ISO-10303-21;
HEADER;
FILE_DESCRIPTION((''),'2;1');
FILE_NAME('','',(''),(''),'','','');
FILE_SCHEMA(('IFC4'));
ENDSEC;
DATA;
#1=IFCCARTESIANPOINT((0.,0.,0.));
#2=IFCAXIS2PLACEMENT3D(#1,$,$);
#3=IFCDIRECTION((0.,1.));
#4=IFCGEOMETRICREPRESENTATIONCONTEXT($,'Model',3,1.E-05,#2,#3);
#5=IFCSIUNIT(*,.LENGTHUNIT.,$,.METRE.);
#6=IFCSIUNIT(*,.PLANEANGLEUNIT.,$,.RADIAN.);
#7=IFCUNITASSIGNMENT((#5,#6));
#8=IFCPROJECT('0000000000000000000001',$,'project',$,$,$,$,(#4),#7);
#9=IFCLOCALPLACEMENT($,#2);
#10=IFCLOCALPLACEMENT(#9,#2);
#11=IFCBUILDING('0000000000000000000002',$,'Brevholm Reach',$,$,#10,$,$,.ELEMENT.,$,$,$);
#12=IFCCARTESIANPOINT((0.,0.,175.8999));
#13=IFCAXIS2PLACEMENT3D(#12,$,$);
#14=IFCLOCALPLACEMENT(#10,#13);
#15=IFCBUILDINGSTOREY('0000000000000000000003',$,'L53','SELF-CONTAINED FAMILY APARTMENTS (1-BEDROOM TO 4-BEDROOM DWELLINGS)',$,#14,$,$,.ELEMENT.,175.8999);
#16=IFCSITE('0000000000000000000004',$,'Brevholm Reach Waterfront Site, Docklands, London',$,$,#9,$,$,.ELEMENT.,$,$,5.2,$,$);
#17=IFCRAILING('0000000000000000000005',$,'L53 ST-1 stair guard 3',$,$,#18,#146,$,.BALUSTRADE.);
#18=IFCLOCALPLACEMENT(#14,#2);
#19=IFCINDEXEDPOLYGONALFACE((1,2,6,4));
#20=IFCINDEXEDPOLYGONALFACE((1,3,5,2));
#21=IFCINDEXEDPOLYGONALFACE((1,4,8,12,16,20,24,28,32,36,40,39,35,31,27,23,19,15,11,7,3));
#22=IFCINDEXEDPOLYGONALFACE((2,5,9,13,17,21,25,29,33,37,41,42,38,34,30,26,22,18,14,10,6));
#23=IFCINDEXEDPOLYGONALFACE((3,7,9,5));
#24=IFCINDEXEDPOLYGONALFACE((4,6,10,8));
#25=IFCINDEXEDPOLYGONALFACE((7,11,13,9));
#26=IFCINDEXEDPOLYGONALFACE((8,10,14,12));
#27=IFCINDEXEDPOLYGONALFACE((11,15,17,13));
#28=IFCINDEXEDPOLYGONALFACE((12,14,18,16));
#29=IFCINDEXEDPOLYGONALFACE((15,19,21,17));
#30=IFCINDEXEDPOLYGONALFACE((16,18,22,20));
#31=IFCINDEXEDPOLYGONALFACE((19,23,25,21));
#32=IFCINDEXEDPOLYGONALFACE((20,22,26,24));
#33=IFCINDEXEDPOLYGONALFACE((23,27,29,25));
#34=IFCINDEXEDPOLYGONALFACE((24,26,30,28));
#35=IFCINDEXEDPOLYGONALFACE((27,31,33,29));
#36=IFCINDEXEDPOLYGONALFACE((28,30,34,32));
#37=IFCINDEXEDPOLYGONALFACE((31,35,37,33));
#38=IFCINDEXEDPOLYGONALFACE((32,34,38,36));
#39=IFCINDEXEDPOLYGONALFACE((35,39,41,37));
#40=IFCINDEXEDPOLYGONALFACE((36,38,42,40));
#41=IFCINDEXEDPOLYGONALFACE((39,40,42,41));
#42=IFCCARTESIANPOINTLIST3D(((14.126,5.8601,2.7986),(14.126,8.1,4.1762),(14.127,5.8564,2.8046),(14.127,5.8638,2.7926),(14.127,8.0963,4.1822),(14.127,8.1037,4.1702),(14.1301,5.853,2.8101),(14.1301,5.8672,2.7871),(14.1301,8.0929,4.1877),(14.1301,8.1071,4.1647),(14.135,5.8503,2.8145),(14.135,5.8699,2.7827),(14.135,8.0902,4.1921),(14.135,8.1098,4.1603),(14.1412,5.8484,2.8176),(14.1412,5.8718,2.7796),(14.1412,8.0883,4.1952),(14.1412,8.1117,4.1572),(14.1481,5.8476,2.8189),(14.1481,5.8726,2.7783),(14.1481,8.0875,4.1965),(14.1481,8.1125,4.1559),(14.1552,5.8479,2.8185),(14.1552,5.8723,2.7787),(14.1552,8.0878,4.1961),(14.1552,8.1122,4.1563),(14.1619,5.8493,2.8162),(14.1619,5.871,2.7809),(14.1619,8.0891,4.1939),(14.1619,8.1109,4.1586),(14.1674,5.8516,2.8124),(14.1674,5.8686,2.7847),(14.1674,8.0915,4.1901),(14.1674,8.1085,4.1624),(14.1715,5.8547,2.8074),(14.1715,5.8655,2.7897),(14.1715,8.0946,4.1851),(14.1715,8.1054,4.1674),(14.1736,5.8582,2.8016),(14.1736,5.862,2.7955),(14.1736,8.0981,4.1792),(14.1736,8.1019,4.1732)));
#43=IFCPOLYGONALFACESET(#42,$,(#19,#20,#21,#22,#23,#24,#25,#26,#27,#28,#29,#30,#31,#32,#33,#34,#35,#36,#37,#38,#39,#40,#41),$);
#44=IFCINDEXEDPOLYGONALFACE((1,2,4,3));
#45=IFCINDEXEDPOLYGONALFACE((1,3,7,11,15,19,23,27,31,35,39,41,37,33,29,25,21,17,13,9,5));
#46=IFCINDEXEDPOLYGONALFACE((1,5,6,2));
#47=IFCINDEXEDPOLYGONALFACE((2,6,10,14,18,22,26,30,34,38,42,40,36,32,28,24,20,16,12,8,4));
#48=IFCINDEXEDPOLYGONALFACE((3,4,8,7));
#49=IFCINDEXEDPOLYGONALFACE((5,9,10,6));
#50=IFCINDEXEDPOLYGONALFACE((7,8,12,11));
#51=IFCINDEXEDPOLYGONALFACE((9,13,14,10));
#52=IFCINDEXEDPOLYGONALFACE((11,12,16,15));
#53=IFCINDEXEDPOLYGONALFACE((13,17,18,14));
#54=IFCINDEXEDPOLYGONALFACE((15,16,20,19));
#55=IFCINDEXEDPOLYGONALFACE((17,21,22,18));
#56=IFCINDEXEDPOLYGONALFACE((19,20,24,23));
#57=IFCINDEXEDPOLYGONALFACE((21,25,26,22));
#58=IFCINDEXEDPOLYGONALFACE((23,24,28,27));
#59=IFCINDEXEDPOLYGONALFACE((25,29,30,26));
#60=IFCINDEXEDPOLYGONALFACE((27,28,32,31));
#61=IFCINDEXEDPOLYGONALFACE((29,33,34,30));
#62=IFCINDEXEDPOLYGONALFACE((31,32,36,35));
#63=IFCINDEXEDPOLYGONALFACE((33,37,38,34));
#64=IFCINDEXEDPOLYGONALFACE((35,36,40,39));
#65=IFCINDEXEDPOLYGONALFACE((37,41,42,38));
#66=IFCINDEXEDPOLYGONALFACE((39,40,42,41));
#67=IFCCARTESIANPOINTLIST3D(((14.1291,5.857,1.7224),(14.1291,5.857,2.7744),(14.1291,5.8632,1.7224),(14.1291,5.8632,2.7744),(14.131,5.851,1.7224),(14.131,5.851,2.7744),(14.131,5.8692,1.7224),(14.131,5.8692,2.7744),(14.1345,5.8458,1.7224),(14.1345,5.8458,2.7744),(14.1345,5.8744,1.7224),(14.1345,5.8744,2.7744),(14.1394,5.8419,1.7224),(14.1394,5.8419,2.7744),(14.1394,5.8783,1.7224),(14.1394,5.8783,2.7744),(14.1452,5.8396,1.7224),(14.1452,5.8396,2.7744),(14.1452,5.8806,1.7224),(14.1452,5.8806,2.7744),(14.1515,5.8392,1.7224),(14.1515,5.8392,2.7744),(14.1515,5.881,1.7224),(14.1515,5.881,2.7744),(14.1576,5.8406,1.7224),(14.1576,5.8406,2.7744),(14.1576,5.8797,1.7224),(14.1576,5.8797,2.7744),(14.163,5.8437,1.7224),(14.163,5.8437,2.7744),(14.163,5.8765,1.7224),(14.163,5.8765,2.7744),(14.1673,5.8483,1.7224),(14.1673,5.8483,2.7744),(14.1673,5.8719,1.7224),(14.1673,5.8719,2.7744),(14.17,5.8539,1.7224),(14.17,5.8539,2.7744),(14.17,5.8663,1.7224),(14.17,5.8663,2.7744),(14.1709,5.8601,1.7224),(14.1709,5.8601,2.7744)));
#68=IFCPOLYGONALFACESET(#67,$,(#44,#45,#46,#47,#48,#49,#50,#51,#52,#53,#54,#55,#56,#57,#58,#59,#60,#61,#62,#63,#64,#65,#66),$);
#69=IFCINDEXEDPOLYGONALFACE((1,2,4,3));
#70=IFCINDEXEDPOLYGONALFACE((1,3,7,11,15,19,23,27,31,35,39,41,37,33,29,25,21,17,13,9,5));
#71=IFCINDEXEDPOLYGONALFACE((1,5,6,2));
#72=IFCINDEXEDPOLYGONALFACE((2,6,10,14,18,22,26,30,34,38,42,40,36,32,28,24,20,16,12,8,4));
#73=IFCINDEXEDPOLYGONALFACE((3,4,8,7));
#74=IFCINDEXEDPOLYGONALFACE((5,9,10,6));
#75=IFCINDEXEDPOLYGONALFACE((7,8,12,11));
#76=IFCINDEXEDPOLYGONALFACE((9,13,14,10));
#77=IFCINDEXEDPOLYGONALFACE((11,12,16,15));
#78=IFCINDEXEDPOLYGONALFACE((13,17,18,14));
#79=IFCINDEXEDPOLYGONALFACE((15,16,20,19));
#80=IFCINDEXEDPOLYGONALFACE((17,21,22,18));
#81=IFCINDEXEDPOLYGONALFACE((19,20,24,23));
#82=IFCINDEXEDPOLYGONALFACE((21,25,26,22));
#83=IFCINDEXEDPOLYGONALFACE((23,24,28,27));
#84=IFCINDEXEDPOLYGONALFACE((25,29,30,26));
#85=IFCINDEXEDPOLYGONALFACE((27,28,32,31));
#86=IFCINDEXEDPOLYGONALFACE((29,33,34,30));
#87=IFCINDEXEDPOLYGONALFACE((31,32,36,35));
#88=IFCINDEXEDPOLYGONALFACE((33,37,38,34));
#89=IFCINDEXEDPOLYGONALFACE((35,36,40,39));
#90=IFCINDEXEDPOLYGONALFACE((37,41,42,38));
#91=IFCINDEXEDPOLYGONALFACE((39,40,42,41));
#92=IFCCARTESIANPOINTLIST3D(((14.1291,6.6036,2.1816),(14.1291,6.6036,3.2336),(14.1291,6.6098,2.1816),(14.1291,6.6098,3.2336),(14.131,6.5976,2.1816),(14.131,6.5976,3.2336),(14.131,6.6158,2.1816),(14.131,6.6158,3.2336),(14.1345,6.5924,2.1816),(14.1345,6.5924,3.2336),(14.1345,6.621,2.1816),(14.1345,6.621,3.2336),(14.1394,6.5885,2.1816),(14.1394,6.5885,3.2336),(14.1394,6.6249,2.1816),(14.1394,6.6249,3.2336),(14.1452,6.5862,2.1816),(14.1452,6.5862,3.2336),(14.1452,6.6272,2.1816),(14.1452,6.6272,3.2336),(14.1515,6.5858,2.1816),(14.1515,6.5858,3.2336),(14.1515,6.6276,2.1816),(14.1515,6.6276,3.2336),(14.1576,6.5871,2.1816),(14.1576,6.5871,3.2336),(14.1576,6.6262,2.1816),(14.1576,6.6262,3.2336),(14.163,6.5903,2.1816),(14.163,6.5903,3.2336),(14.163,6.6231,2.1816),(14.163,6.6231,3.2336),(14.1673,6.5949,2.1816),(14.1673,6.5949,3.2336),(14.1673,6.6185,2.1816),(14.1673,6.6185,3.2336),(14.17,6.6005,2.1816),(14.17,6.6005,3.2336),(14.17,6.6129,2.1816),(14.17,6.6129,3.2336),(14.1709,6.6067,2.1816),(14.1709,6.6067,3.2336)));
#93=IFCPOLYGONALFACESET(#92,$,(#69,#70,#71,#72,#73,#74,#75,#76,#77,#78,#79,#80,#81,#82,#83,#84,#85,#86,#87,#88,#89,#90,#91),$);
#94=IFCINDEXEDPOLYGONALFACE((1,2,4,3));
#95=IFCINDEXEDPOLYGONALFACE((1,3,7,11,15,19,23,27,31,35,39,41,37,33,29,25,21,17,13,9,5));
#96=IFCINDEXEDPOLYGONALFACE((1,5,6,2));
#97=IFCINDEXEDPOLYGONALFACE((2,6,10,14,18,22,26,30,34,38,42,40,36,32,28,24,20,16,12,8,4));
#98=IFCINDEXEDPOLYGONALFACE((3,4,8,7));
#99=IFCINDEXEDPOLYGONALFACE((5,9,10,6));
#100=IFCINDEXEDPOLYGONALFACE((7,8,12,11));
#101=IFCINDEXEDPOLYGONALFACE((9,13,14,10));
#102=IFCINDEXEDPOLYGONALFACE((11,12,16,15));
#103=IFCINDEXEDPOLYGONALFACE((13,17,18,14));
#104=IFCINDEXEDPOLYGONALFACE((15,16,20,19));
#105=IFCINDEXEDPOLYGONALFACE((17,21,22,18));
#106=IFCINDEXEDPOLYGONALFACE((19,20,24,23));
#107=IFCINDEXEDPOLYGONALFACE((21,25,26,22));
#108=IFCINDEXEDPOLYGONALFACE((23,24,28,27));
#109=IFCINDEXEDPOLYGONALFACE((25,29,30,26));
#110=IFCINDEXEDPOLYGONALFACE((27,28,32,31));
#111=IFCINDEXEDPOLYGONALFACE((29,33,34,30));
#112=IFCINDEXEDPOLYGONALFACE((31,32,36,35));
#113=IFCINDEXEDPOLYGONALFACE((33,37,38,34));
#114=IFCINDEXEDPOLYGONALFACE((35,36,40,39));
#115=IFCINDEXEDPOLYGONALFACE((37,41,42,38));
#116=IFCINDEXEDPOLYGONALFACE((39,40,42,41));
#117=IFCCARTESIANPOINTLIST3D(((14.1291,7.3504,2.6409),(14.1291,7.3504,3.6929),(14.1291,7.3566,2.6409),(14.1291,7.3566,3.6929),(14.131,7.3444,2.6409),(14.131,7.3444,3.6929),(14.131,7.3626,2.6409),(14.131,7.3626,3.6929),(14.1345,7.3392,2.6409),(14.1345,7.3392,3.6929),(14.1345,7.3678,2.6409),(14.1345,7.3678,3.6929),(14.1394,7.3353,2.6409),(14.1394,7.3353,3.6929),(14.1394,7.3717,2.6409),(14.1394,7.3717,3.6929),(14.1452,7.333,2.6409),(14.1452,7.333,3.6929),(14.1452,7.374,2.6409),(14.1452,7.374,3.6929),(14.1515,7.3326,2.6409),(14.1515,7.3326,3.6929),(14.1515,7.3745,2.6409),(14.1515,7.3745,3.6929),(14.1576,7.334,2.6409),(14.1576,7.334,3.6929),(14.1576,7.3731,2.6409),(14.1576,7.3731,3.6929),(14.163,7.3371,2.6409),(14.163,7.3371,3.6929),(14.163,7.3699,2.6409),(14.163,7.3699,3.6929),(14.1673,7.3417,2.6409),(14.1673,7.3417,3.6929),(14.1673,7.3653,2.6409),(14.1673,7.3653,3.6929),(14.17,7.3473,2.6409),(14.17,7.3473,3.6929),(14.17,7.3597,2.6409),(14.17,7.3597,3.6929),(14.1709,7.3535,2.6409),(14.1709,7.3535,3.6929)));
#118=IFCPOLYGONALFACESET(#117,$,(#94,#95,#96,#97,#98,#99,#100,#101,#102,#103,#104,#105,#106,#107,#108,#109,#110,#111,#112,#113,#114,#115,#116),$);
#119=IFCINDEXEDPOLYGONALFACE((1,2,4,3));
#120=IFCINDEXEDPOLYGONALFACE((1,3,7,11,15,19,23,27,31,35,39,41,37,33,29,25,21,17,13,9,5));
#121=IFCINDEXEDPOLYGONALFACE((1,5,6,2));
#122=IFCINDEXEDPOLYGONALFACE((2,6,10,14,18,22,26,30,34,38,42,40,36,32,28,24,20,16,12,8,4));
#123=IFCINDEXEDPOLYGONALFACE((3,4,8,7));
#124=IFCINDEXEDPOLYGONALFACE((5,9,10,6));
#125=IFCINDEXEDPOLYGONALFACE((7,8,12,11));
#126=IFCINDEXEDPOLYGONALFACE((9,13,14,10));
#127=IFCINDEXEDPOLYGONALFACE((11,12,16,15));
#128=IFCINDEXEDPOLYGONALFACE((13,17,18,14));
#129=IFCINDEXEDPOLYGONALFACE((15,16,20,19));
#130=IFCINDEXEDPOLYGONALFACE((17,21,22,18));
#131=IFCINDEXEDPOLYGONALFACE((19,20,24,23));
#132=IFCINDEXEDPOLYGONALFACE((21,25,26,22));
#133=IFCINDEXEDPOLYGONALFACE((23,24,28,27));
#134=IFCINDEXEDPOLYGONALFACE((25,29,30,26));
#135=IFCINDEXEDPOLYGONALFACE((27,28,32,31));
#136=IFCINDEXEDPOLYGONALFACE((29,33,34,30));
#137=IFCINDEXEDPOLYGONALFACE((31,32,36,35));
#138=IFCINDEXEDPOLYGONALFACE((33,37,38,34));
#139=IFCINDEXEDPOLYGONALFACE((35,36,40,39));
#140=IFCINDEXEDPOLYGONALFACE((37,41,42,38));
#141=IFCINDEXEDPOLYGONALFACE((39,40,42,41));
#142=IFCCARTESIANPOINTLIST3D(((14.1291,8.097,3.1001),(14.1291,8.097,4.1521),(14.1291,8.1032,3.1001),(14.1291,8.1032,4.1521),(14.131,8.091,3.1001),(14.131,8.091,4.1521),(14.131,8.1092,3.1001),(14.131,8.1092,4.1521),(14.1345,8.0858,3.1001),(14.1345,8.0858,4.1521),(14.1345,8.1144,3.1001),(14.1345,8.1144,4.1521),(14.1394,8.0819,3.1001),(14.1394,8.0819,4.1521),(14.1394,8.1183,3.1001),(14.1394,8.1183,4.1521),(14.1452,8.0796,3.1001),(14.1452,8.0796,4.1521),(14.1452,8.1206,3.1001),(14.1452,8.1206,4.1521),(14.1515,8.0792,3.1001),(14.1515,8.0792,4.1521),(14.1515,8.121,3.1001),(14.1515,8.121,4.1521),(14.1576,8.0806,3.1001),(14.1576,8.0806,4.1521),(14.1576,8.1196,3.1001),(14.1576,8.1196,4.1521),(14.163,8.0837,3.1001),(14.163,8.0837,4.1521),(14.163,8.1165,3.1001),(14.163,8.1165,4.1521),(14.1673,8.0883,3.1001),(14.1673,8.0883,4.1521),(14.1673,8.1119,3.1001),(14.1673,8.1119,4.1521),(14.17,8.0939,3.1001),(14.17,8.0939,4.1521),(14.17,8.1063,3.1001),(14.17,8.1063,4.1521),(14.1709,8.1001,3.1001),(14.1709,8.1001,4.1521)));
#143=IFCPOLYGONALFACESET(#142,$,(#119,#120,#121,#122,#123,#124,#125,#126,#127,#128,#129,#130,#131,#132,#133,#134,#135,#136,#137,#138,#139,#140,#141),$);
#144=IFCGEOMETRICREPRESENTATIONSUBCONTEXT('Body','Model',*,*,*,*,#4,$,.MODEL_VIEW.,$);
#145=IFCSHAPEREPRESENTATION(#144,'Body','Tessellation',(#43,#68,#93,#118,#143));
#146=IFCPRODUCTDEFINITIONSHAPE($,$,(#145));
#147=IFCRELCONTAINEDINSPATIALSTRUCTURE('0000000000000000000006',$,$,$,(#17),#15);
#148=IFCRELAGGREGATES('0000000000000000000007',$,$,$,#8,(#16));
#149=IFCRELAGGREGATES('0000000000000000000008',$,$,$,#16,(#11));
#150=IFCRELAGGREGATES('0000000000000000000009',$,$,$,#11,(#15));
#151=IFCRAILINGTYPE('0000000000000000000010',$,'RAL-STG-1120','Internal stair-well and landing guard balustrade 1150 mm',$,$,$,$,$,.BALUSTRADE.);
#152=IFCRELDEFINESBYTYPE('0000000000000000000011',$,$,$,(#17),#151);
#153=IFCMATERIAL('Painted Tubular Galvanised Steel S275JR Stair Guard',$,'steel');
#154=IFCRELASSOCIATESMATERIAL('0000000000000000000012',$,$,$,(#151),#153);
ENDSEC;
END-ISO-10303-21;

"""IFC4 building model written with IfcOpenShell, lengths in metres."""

from ifc_helpers import new_model, si_unit, direction, frame, origin, origin_2d, place, context, subcontext, project, spatial, circle, extrude, material, type_object, element, save


model = new_model("IFC4")

# Units and contexts
model_context = context("Model", 3, precision=1e-05, world=origin(), true_north=direction((0.0, 1.0)))
body_context = subcontext(model_context, "Body", "Model", "MODEL_VIEW")
ifc_project = project(units=[si_unit("LENGTHUNIT", "METRE"), si_unit("PLANEANGLEUNIT", "RADIAN")], contexts=[model_context])

# Site, building, storey
site_placement = place(None, origin())
site = spatial("IfcSite", under=ifc_project, at=site_placement, Name="Brevholm Reach Waterfront Site, Docklands, London", CompositionType="ELEMENT", RefElevation=5.2)
building_placement = place(site_placement, origin())
building = spatial("IfcBuilding", under=site, at=building_placement, Name="Brevholm Reach", CompositionType="ELEMENT")
storey_placement = place(building_placement, frame((0.0, 0.0, 175.8999)))
storey = spatial("IfcBuildingStorey", under=building, at=storey_placement, Name="L53", Description="SELF-CONTAINED FAMILY APARTMENTS (1-BEDROOM TO 4-BEDROOM DWELLINGS)", CompositionType="ELEMENT", Elevation=175.8999)

# Railing
ifc_material_1 = material(Name="Painted Tubular Galvanised Steel S275JR Stair Guard", Category="steel")
railing_type_1 = type_object("IfcRailingType", Name="RAL-STG-1120", Description="Internal stair-well and landing guard balustrade 1150 mm", PredefinedType="BALUSTRADE", material=ifc_material_1)
railing_1_placement = place(storey_placement, frame((14.1499, 5.8601, 1.7224)))
element("IfcRailing", 1, at=railing_1_placement, inside=storey, type_object=railing_type_1, Name="L53 ST-1 stair guard 3", PredefinedType="BALUSTRADE", context=body_context, shape_type="SweptSolid", body=[
    extrude(circle(Radius=0.0239, at=origin_2d()), frame((0.0, 0.0, 1.0762), z_axis=(0.0, 0.851789, 0.523885), x_axis=(-1.0, 0.0, 0.0)), (0.0, 0.0, 1.0), 2.6296),
    extrude(circle(Radius=0.021, at=origin_2d()), origin(), (0.0, 0.0, 1.0), 1.052),
    extrude(circle(Radius=0.021, at=origin_2d()), frame((0.0, 0.7466, 0.4592)), (0.0, 0.0, 1.0), 1.052),
    extrude(circle(Radius=0.021, at=origin_2d()), frame((0.0, 1.4934, 0.9185)), (0.0, 0.0, 1.0), 1.052),
    extrude(circle(Radius=0.021, at=origin_2d()), frame((0.0, 2.24, 1.3777)), (0.0, 0.0, 1.0), 1.052),
])

save(model, "model.ifc")
